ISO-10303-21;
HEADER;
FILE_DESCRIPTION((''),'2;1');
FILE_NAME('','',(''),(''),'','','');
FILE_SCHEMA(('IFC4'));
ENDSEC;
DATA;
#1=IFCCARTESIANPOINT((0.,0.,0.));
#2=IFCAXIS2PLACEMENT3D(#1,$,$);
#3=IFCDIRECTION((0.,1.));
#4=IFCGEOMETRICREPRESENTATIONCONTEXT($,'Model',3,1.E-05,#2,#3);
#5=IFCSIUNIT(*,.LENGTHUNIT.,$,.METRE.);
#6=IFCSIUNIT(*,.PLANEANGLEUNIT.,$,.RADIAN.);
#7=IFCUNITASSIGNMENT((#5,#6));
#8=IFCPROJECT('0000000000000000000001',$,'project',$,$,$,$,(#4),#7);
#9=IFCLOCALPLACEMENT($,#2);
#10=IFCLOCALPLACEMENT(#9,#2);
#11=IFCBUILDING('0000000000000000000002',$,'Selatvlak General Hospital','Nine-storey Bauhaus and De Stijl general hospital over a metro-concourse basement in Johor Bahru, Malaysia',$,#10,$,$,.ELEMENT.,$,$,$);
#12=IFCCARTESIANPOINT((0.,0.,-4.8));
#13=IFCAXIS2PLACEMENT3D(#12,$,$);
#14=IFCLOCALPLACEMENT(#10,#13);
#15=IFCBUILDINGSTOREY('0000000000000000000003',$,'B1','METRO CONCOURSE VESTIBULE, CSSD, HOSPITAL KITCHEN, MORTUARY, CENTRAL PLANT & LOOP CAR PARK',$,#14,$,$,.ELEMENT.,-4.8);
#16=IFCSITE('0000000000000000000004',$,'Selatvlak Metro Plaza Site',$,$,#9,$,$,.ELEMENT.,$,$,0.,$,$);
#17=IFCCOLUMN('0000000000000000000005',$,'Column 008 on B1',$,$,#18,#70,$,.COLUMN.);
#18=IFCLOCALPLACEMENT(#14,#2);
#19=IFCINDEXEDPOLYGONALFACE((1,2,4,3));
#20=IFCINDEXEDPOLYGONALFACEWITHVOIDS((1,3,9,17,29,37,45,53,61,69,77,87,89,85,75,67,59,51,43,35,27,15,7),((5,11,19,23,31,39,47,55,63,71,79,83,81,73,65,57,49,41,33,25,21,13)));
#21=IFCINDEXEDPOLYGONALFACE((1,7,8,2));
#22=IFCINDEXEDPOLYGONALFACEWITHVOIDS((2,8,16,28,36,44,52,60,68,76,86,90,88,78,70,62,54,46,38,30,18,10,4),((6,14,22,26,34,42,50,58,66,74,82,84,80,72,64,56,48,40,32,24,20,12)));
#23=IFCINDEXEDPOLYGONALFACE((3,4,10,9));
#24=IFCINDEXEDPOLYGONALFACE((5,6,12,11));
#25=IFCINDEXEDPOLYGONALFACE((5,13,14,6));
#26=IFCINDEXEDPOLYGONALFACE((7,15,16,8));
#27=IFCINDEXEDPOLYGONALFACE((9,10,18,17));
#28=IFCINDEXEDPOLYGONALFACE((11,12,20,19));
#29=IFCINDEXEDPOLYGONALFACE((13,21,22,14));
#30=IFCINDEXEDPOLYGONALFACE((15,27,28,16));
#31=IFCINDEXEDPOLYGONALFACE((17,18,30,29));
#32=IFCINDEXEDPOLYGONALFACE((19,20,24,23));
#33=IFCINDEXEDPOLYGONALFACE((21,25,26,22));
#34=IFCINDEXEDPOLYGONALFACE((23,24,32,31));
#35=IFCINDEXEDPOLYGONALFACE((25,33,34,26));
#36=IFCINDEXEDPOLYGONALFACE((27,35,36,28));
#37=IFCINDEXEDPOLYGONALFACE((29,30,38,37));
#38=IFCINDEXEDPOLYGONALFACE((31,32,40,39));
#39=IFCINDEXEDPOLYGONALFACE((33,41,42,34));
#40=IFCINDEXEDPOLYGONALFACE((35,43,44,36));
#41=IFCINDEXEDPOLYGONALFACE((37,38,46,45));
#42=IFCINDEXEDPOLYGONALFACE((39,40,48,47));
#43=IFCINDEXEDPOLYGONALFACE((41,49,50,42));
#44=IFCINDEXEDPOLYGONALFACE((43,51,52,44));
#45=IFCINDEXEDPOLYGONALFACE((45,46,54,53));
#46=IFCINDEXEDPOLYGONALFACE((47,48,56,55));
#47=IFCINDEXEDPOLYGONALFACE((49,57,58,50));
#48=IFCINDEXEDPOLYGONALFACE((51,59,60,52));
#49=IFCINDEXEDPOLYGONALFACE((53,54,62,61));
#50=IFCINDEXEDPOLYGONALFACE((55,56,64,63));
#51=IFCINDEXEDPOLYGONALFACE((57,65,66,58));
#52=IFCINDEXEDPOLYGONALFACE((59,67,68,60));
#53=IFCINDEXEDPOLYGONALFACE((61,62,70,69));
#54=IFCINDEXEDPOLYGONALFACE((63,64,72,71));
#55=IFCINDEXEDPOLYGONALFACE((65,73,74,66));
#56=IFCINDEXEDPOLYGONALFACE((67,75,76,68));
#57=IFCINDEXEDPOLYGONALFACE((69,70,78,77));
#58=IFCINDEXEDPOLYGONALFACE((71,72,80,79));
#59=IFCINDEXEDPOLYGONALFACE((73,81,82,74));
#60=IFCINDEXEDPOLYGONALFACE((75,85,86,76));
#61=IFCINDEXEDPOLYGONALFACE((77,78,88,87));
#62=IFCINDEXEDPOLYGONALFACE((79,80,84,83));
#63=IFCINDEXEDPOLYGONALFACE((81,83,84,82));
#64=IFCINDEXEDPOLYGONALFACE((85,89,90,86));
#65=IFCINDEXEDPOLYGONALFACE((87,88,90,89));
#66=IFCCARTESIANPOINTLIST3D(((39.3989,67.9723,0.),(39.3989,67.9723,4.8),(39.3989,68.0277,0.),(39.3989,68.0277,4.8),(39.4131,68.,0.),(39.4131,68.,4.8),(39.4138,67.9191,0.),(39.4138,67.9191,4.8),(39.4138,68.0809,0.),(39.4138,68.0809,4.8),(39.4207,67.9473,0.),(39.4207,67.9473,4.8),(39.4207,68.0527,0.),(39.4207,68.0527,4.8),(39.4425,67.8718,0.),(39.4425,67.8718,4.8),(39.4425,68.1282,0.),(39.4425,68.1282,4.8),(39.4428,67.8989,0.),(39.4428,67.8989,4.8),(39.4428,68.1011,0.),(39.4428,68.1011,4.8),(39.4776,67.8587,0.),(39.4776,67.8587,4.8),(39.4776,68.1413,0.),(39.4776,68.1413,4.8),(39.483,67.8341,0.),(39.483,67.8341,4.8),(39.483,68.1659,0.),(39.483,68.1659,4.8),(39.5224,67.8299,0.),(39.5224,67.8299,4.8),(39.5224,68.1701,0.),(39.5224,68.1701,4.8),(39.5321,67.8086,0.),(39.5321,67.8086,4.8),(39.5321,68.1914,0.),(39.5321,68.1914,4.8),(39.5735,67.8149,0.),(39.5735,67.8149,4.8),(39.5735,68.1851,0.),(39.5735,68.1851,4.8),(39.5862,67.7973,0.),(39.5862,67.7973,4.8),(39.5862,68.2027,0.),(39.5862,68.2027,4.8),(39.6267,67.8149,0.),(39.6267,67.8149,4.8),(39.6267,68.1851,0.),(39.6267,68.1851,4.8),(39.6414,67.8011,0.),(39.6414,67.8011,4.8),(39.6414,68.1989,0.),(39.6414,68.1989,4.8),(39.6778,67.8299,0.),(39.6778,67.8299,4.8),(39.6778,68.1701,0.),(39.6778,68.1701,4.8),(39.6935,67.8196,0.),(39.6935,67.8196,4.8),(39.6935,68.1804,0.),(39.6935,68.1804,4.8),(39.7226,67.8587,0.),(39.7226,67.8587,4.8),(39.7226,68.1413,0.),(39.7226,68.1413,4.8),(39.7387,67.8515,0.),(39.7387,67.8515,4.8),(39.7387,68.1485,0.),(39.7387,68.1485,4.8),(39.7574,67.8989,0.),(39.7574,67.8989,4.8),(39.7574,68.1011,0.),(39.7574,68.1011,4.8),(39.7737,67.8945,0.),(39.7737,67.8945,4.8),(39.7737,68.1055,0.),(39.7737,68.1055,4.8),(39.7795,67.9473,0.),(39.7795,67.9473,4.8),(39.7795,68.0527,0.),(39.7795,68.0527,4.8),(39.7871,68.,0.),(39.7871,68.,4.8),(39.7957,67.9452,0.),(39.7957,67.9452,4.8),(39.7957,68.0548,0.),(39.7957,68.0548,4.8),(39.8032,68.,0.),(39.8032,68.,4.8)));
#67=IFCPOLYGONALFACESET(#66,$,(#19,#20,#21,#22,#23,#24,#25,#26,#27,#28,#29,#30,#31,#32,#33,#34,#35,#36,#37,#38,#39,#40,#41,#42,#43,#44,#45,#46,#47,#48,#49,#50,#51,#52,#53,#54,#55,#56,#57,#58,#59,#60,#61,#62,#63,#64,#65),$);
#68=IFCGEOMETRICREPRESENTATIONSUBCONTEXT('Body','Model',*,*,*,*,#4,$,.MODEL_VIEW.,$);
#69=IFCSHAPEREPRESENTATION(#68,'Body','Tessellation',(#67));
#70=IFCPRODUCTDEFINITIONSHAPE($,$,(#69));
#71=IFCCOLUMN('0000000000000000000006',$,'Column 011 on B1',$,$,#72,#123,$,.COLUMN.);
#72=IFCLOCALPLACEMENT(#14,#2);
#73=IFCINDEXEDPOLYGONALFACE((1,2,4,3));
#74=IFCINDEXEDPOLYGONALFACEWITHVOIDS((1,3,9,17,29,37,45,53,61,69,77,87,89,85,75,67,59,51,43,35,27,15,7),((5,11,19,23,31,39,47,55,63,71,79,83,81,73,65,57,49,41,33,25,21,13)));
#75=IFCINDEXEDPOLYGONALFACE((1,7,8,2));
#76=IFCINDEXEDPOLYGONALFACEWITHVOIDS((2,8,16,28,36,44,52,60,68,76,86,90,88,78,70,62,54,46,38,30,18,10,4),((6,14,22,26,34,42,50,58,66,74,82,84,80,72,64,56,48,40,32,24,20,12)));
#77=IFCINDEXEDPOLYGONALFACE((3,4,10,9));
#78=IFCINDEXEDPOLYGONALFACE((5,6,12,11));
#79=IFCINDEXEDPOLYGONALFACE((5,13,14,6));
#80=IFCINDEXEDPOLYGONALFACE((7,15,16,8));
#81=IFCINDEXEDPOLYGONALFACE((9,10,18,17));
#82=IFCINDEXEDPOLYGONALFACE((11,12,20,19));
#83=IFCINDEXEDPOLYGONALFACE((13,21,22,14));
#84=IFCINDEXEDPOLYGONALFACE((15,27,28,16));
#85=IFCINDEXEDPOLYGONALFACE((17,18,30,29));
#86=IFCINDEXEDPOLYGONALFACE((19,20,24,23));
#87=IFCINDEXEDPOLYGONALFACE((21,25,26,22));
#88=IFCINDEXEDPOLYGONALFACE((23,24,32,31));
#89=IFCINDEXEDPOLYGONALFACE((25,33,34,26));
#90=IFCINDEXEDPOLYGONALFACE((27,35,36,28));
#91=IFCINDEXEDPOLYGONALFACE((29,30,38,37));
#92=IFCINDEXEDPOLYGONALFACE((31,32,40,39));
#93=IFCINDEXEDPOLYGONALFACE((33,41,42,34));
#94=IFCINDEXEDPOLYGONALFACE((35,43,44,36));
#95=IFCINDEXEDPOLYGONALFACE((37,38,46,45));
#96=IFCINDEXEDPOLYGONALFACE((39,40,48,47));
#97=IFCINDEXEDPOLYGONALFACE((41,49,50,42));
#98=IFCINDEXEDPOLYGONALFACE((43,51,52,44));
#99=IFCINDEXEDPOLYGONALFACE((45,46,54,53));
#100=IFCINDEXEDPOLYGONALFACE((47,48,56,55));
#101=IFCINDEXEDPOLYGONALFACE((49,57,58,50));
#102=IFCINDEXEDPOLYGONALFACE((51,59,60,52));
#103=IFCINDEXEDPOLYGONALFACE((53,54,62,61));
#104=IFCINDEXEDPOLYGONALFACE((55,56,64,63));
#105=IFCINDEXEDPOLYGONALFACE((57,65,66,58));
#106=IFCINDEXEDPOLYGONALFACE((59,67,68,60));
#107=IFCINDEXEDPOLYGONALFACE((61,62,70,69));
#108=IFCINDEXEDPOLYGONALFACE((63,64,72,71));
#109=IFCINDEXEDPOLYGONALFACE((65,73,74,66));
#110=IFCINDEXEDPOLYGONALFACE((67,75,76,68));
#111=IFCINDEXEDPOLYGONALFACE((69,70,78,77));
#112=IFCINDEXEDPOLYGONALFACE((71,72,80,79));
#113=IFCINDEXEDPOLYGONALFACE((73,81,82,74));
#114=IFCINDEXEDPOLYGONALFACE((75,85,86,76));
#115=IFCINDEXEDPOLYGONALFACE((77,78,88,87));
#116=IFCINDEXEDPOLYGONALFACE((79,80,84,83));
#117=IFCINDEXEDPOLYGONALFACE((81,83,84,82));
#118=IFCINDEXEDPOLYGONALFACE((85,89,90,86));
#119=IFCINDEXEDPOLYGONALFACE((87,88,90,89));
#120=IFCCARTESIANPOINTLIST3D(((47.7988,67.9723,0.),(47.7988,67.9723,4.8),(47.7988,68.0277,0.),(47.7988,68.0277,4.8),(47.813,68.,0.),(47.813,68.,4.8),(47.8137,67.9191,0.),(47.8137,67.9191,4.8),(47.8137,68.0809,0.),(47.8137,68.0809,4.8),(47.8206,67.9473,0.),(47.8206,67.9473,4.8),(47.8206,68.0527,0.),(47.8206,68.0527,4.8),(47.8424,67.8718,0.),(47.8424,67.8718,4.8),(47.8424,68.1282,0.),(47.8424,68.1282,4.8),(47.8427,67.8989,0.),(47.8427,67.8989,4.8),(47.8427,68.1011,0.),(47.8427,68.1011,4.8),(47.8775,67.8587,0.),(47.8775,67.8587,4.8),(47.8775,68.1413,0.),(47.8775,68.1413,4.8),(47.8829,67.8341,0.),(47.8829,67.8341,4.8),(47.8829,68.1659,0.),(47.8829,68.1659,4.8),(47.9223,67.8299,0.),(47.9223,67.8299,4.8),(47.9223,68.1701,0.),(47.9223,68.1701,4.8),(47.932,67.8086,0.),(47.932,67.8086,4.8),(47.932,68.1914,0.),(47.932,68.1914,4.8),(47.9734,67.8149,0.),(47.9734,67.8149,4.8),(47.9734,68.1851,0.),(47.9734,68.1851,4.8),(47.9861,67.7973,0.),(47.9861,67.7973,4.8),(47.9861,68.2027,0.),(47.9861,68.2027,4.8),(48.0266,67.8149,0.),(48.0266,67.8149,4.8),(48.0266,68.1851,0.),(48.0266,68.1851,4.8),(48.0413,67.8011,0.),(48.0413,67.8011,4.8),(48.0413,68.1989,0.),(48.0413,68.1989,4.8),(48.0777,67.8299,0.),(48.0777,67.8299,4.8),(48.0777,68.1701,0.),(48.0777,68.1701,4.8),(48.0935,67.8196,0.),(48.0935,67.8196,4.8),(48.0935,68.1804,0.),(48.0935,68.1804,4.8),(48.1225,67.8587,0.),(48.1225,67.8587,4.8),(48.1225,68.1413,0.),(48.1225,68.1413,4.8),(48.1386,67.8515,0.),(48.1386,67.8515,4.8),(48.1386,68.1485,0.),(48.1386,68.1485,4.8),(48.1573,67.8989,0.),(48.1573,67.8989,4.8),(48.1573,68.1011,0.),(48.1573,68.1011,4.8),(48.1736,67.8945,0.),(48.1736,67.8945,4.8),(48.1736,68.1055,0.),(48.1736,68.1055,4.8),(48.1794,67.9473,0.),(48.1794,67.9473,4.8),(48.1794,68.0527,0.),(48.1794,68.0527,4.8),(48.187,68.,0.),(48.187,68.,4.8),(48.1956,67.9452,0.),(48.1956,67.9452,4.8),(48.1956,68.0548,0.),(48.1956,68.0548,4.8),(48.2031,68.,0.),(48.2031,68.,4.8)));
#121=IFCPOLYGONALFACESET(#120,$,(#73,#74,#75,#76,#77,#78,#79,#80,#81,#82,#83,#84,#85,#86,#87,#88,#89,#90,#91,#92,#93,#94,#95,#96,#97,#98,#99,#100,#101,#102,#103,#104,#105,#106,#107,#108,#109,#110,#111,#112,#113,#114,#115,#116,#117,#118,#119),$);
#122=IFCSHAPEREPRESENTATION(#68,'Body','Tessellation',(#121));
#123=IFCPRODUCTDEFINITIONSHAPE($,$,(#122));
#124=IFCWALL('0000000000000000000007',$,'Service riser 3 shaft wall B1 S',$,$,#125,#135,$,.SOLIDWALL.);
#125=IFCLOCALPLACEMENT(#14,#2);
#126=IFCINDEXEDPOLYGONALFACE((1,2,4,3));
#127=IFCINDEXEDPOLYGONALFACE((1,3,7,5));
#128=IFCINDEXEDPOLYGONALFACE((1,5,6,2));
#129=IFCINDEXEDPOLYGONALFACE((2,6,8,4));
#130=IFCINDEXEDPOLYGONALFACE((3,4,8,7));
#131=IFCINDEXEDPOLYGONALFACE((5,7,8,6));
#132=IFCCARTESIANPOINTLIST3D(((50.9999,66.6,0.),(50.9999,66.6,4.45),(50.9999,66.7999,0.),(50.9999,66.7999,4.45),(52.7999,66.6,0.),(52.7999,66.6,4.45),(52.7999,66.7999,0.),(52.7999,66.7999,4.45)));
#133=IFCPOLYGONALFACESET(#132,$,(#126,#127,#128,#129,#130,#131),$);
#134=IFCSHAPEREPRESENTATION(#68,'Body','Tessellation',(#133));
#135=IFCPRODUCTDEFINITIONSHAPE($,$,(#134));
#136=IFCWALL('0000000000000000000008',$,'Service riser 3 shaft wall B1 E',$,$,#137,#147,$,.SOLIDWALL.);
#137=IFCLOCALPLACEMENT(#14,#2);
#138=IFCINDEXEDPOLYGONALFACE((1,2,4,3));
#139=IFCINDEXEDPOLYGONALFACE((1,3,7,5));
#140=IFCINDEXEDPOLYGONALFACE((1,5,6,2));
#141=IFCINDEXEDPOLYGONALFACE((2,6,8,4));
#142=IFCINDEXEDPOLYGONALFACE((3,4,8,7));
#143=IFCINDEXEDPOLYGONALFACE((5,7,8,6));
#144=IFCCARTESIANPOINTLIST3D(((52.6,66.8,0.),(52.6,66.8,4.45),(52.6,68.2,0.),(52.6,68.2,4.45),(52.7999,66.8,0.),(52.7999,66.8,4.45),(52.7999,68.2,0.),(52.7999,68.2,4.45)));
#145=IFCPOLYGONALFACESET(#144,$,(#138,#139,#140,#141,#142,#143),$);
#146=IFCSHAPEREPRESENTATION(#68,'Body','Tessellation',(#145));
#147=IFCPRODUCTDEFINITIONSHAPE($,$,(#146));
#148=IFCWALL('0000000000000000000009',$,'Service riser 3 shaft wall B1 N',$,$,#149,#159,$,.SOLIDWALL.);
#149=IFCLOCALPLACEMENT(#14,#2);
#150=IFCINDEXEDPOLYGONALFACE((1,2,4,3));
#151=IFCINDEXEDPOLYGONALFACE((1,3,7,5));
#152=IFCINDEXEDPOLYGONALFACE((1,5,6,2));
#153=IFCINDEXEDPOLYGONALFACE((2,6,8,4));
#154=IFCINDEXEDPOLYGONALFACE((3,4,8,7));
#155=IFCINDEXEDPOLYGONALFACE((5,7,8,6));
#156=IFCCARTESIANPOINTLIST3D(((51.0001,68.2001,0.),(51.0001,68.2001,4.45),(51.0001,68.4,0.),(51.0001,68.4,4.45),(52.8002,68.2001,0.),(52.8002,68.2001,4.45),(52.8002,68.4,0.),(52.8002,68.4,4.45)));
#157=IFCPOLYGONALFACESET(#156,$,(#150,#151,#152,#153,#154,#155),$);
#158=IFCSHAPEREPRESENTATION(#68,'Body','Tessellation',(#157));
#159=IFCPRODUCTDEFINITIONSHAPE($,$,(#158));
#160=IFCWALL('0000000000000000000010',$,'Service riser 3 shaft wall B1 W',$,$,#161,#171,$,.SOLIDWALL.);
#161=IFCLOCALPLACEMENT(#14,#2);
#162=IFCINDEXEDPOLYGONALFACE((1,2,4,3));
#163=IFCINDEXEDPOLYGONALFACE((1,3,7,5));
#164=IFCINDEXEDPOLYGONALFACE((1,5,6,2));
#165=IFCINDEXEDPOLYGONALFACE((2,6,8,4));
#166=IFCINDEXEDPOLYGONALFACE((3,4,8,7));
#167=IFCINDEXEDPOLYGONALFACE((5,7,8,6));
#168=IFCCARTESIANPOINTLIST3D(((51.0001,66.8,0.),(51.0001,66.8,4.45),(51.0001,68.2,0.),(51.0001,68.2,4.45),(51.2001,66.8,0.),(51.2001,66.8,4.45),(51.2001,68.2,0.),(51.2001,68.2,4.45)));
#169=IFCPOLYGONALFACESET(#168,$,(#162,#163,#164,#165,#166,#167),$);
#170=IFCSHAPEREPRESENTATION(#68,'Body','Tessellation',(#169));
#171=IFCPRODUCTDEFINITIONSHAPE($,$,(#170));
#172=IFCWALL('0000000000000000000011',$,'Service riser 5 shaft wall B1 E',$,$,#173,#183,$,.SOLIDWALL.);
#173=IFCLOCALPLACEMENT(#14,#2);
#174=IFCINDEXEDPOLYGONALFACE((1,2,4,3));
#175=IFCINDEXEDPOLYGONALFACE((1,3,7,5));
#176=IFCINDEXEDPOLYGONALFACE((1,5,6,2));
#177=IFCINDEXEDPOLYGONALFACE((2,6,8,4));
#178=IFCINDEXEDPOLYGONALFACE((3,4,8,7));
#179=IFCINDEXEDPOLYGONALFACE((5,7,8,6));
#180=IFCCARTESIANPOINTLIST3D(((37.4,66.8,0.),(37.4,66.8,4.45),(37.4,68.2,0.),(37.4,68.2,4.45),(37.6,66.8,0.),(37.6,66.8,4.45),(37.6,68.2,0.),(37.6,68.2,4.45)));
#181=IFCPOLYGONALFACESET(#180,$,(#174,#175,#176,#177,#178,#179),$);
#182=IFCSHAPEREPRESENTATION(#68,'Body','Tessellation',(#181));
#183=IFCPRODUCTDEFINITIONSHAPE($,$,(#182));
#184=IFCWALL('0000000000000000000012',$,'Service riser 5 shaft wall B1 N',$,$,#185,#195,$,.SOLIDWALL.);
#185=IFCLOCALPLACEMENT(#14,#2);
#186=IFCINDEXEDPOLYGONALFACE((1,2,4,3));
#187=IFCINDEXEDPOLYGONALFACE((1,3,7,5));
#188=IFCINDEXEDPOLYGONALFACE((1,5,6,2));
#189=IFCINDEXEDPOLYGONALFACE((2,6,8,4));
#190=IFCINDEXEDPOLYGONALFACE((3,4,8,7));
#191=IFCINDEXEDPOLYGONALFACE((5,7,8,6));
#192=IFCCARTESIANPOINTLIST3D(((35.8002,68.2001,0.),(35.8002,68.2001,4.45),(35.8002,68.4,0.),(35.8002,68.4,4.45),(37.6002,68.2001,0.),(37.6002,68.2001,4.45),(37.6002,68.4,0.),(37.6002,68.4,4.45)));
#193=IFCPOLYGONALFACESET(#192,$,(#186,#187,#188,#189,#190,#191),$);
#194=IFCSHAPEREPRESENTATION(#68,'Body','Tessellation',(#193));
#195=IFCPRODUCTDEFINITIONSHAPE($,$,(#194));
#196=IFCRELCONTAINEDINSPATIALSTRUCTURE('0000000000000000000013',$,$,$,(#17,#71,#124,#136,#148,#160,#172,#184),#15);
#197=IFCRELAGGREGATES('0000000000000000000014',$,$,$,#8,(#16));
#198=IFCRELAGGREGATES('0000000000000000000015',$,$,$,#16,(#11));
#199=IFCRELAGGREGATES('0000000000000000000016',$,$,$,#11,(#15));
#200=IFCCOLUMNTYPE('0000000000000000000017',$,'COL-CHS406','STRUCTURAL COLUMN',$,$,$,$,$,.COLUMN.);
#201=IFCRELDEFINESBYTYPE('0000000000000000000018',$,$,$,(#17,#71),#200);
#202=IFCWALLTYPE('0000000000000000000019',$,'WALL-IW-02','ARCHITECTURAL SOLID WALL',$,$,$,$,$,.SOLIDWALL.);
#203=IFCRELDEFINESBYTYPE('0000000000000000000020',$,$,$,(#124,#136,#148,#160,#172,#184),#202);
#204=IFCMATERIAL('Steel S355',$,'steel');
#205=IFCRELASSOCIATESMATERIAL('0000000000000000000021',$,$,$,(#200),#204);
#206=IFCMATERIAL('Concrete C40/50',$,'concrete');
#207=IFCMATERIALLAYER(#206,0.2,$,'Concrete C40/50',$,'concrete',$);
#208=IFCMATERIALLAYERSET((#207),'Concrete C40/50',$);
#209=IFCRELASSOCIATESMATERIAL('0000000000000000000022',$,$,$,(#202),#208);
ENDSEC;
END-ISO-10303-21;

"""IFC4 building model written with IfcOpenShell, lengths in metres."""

from ifc_helpers import new_model, si_unit, direction, frame, frame_2d, origin, origin_2d, place, context, subcontext, project, spatial, rectangle, hollow_circle, extrude, material, layer, layer_set, material_profile, profile_set, type_object, element, save


model = new_model("IFC4")

# Units and contexts
model_context = context("Model", 3, precision=1e-05, world=origin(), true_north=direction((0.0, 1.0)))
body_context = subcontext(model_context, "Body", "Model", "MODEL_VIEW")
ifc_project = project(units=[si_unit("LENGTHUNIT", "METRE"), si_unit("PLANEANGLEUNIT", "RADIAN")], contexts=[model_context])

# Site, building, storey
site_placement = place(None, origin())
site = spatial("IfcSite", under=ifc_project, at=site_placement, Name="Selatvlak Metro Plaza Site", CompositionType="ELEMENT", RefElevation=0.0)
building_placement = place(site_placement, origin())
building = spatial("IfcBuilding", under=site, at=building_placement, Name="Selatvlak General Hospital", Description="Nine-storey Bauhaus and De Stijl general hospital over a metro-concourse basement in Johor Bahru, Malaysia", CompositionType="ELEMENT")
storey_placement = place(building_placement, frame((0.0, 0.0, -4.8)))
storey = spatial("IfcBuildingStorey", under=building, at=storey_placement, Name="B1", Description="METRO CONCOURSE VESTIBULE, CSSD, HOSPITAL KITCHEN, MORTUARY, CENTRAL PLANT & LOOP CAR PARK", CompositionType="ELEMENT", Elevation=-4.8)

# Shared definitions
ifc_material_1 = material(Name="Concrete C40/50", Category="concrete")

# Columns
ifc_material_2 = material(Name="Steel S355", Category="steel")
ifc_material_profile_1 = material_profile(ifc_material_2, hollow_circle(Radius=0.2031, WallThickness=0.0161, at=origin_2d()), Name="CHS 406.4x16")
ifc_profile_set_1 = profile_set([ifc_material_profile_1], Name="Steel S355")
column_type = type_object("IfcColumnType", Name="COL-CHS406", Description="STRUCTURAL COLUMN", PredefinedType="COLUMN", material=ifc_profile_set_1)
for number, where, z_axis, x_axis, name in (
    (1, (39.6001, 68.0, 0.0), (0.0, 0.0, 1.0), (1.0, 0.0, 0.0), "Column 008 on B1"),
    (2, (48.0, 68.0, 0.0), (0.0, 0.0, 1.0), (1.0, 0.0, 0.0), "Column 011 on B1"),
):
    element("IfcColumn", number, at=place(storey_placement, frame(where, z_axis=z_axis, x_axis=x_axis)), inside=storey, type_object=column_type, Name=name, PredefinedType="COLUMN", context=body_context, shape_type="SweptSolid", body=[
        extrude(hollow_circle(Radius=0.2031, WallThickness=0.0161, at=origin_2d()), origin(), (0.0, 0.0, 1.0), 4.8),
    ])

# Walls
ifc_layer_1 = layer(ifc_material_1, 0.2, Name="Concrete C40/50", Category="concrete")
ifc_layer_set_1 = layer_set([ifc_layer_1], Name="Concrete C40/50")
wall_type_1 = type_object("IfcWallType", Name="WALL-IW-02", Description="ARCHITECTURAL SOLID WALL", PredefinedType="SOLIDWALL", material=ifc_layer_set_1)
wall_1_placement = place(storey_placement, frame((51.0, 66.7, 0.0), z_axis=(0.0, 0.0, 1.0), x_axis=(1.0, 0.0, 0.0)))
element("IfcWall", 3, at=wall_1_placement, inside=storey, type_object=wall_type_1, Name="Service riser 3 shaft wall B1 S", PredefinedType="SOLIDWALL", context=body_context, shape_type="SweptSolid", body=[
    extrude(rectangle(XDim=1.8, YDim=0.2, at=frame_2d((0.8999, 0.0))), origin(), (0.0, 0.0, 1.0), 4.45),
])
wall_2_placement = place(storey_placement, frame((52.7, 66.8, 0.0), z_axis=(0.0, 0.0, 1.0), x_axis=(0.0, 1.0, 0.0)))
element("IfcWall", 4, at=wall_2_placement, inside=storey, type_object=wall_type_1, Name="Service riser 3 shaft wall B1 E", PredefinedType="SOLIDWALL", context=body_context, shape_type="SweptSolid", body=[
    extrude(rectangle(XDim=1.3999, YDim=0.2, at=frame_2d((0.7, 0.0))), origin(), (0.0, 0.0, 1.0), 4.45),
])
wall_3_placement = place(storey_placement, frame((52.8, 68.3, 0.0), z_axis=(0.0, 0.0, 1.0), x_axis=(-1.0, 0.0, 0.0)))
element("IfcWall", 5, at=wall_3_placement, inside=storey, type_object=wall_type_1, Name="Service riser 3 shaft wall B1 N", PredefinedType="SOLIDWALL", context=body_context, shape_type="SweptSolid", body=[
    extrude(rectangle(XDim=1.8, YDim=0.2, at=frame_2d((0.8999, 0.0))), origin(), (0.0, 0.0, 1.0), 4.45),
])
for number, where, z_axis, x_axis, name in (
    (6, (51.1001, 68.2, 0.0), (0.0, 0.0, 1.0), (0.0, -1.0, 0.0), "Service riser 3 shaft wall B1 W"),
    (7, (37.5, 66.8, 0.0), (0.0, 0.0, 1.0), (0.0, 1.0, 0.0), "Service riser 5 shaft wall B1 E"),
):
    element("IfcWall", number, at=place(storey_placement, frame(where, z_axis=z_axis, x_axis=x_axis)), inside=storey, type_object=wall_type_1, Name=name, PredefinedType="SOLIDWALL", context=body_context, shape_type="SweptSolid", body=[
        extrude(rectangle(XDim=1.3999, YDim=0.2, at=frame_2d((0.7, 0.0))), origin(), (0.0, 0.0, 1.0), 4.45),
    ])
wall_4_placement = place(storey_placement, frame((37.6001, 68.3, 0.0), z_axis=(0.0, 0.0, 1.0), x_axis=(-1.0, 0.0, 0.0)))
element("IfcWall", 8, at=wall_4_placement, inside=storey, type_object=wall_type_1, Name="Service riser 5 shaft wall B1 N", PredefinedType="SOLIDWALL", context=body_context, shape_type="SweptSolid", body=[
    extrude(rectangle(XDim=1.8, YDim=0.2, at=frame_2d((0.8999, 0.0))), origin(), (0.0, 0.0, 1.0), 4.45),
])

save(model, "model.ifc")
